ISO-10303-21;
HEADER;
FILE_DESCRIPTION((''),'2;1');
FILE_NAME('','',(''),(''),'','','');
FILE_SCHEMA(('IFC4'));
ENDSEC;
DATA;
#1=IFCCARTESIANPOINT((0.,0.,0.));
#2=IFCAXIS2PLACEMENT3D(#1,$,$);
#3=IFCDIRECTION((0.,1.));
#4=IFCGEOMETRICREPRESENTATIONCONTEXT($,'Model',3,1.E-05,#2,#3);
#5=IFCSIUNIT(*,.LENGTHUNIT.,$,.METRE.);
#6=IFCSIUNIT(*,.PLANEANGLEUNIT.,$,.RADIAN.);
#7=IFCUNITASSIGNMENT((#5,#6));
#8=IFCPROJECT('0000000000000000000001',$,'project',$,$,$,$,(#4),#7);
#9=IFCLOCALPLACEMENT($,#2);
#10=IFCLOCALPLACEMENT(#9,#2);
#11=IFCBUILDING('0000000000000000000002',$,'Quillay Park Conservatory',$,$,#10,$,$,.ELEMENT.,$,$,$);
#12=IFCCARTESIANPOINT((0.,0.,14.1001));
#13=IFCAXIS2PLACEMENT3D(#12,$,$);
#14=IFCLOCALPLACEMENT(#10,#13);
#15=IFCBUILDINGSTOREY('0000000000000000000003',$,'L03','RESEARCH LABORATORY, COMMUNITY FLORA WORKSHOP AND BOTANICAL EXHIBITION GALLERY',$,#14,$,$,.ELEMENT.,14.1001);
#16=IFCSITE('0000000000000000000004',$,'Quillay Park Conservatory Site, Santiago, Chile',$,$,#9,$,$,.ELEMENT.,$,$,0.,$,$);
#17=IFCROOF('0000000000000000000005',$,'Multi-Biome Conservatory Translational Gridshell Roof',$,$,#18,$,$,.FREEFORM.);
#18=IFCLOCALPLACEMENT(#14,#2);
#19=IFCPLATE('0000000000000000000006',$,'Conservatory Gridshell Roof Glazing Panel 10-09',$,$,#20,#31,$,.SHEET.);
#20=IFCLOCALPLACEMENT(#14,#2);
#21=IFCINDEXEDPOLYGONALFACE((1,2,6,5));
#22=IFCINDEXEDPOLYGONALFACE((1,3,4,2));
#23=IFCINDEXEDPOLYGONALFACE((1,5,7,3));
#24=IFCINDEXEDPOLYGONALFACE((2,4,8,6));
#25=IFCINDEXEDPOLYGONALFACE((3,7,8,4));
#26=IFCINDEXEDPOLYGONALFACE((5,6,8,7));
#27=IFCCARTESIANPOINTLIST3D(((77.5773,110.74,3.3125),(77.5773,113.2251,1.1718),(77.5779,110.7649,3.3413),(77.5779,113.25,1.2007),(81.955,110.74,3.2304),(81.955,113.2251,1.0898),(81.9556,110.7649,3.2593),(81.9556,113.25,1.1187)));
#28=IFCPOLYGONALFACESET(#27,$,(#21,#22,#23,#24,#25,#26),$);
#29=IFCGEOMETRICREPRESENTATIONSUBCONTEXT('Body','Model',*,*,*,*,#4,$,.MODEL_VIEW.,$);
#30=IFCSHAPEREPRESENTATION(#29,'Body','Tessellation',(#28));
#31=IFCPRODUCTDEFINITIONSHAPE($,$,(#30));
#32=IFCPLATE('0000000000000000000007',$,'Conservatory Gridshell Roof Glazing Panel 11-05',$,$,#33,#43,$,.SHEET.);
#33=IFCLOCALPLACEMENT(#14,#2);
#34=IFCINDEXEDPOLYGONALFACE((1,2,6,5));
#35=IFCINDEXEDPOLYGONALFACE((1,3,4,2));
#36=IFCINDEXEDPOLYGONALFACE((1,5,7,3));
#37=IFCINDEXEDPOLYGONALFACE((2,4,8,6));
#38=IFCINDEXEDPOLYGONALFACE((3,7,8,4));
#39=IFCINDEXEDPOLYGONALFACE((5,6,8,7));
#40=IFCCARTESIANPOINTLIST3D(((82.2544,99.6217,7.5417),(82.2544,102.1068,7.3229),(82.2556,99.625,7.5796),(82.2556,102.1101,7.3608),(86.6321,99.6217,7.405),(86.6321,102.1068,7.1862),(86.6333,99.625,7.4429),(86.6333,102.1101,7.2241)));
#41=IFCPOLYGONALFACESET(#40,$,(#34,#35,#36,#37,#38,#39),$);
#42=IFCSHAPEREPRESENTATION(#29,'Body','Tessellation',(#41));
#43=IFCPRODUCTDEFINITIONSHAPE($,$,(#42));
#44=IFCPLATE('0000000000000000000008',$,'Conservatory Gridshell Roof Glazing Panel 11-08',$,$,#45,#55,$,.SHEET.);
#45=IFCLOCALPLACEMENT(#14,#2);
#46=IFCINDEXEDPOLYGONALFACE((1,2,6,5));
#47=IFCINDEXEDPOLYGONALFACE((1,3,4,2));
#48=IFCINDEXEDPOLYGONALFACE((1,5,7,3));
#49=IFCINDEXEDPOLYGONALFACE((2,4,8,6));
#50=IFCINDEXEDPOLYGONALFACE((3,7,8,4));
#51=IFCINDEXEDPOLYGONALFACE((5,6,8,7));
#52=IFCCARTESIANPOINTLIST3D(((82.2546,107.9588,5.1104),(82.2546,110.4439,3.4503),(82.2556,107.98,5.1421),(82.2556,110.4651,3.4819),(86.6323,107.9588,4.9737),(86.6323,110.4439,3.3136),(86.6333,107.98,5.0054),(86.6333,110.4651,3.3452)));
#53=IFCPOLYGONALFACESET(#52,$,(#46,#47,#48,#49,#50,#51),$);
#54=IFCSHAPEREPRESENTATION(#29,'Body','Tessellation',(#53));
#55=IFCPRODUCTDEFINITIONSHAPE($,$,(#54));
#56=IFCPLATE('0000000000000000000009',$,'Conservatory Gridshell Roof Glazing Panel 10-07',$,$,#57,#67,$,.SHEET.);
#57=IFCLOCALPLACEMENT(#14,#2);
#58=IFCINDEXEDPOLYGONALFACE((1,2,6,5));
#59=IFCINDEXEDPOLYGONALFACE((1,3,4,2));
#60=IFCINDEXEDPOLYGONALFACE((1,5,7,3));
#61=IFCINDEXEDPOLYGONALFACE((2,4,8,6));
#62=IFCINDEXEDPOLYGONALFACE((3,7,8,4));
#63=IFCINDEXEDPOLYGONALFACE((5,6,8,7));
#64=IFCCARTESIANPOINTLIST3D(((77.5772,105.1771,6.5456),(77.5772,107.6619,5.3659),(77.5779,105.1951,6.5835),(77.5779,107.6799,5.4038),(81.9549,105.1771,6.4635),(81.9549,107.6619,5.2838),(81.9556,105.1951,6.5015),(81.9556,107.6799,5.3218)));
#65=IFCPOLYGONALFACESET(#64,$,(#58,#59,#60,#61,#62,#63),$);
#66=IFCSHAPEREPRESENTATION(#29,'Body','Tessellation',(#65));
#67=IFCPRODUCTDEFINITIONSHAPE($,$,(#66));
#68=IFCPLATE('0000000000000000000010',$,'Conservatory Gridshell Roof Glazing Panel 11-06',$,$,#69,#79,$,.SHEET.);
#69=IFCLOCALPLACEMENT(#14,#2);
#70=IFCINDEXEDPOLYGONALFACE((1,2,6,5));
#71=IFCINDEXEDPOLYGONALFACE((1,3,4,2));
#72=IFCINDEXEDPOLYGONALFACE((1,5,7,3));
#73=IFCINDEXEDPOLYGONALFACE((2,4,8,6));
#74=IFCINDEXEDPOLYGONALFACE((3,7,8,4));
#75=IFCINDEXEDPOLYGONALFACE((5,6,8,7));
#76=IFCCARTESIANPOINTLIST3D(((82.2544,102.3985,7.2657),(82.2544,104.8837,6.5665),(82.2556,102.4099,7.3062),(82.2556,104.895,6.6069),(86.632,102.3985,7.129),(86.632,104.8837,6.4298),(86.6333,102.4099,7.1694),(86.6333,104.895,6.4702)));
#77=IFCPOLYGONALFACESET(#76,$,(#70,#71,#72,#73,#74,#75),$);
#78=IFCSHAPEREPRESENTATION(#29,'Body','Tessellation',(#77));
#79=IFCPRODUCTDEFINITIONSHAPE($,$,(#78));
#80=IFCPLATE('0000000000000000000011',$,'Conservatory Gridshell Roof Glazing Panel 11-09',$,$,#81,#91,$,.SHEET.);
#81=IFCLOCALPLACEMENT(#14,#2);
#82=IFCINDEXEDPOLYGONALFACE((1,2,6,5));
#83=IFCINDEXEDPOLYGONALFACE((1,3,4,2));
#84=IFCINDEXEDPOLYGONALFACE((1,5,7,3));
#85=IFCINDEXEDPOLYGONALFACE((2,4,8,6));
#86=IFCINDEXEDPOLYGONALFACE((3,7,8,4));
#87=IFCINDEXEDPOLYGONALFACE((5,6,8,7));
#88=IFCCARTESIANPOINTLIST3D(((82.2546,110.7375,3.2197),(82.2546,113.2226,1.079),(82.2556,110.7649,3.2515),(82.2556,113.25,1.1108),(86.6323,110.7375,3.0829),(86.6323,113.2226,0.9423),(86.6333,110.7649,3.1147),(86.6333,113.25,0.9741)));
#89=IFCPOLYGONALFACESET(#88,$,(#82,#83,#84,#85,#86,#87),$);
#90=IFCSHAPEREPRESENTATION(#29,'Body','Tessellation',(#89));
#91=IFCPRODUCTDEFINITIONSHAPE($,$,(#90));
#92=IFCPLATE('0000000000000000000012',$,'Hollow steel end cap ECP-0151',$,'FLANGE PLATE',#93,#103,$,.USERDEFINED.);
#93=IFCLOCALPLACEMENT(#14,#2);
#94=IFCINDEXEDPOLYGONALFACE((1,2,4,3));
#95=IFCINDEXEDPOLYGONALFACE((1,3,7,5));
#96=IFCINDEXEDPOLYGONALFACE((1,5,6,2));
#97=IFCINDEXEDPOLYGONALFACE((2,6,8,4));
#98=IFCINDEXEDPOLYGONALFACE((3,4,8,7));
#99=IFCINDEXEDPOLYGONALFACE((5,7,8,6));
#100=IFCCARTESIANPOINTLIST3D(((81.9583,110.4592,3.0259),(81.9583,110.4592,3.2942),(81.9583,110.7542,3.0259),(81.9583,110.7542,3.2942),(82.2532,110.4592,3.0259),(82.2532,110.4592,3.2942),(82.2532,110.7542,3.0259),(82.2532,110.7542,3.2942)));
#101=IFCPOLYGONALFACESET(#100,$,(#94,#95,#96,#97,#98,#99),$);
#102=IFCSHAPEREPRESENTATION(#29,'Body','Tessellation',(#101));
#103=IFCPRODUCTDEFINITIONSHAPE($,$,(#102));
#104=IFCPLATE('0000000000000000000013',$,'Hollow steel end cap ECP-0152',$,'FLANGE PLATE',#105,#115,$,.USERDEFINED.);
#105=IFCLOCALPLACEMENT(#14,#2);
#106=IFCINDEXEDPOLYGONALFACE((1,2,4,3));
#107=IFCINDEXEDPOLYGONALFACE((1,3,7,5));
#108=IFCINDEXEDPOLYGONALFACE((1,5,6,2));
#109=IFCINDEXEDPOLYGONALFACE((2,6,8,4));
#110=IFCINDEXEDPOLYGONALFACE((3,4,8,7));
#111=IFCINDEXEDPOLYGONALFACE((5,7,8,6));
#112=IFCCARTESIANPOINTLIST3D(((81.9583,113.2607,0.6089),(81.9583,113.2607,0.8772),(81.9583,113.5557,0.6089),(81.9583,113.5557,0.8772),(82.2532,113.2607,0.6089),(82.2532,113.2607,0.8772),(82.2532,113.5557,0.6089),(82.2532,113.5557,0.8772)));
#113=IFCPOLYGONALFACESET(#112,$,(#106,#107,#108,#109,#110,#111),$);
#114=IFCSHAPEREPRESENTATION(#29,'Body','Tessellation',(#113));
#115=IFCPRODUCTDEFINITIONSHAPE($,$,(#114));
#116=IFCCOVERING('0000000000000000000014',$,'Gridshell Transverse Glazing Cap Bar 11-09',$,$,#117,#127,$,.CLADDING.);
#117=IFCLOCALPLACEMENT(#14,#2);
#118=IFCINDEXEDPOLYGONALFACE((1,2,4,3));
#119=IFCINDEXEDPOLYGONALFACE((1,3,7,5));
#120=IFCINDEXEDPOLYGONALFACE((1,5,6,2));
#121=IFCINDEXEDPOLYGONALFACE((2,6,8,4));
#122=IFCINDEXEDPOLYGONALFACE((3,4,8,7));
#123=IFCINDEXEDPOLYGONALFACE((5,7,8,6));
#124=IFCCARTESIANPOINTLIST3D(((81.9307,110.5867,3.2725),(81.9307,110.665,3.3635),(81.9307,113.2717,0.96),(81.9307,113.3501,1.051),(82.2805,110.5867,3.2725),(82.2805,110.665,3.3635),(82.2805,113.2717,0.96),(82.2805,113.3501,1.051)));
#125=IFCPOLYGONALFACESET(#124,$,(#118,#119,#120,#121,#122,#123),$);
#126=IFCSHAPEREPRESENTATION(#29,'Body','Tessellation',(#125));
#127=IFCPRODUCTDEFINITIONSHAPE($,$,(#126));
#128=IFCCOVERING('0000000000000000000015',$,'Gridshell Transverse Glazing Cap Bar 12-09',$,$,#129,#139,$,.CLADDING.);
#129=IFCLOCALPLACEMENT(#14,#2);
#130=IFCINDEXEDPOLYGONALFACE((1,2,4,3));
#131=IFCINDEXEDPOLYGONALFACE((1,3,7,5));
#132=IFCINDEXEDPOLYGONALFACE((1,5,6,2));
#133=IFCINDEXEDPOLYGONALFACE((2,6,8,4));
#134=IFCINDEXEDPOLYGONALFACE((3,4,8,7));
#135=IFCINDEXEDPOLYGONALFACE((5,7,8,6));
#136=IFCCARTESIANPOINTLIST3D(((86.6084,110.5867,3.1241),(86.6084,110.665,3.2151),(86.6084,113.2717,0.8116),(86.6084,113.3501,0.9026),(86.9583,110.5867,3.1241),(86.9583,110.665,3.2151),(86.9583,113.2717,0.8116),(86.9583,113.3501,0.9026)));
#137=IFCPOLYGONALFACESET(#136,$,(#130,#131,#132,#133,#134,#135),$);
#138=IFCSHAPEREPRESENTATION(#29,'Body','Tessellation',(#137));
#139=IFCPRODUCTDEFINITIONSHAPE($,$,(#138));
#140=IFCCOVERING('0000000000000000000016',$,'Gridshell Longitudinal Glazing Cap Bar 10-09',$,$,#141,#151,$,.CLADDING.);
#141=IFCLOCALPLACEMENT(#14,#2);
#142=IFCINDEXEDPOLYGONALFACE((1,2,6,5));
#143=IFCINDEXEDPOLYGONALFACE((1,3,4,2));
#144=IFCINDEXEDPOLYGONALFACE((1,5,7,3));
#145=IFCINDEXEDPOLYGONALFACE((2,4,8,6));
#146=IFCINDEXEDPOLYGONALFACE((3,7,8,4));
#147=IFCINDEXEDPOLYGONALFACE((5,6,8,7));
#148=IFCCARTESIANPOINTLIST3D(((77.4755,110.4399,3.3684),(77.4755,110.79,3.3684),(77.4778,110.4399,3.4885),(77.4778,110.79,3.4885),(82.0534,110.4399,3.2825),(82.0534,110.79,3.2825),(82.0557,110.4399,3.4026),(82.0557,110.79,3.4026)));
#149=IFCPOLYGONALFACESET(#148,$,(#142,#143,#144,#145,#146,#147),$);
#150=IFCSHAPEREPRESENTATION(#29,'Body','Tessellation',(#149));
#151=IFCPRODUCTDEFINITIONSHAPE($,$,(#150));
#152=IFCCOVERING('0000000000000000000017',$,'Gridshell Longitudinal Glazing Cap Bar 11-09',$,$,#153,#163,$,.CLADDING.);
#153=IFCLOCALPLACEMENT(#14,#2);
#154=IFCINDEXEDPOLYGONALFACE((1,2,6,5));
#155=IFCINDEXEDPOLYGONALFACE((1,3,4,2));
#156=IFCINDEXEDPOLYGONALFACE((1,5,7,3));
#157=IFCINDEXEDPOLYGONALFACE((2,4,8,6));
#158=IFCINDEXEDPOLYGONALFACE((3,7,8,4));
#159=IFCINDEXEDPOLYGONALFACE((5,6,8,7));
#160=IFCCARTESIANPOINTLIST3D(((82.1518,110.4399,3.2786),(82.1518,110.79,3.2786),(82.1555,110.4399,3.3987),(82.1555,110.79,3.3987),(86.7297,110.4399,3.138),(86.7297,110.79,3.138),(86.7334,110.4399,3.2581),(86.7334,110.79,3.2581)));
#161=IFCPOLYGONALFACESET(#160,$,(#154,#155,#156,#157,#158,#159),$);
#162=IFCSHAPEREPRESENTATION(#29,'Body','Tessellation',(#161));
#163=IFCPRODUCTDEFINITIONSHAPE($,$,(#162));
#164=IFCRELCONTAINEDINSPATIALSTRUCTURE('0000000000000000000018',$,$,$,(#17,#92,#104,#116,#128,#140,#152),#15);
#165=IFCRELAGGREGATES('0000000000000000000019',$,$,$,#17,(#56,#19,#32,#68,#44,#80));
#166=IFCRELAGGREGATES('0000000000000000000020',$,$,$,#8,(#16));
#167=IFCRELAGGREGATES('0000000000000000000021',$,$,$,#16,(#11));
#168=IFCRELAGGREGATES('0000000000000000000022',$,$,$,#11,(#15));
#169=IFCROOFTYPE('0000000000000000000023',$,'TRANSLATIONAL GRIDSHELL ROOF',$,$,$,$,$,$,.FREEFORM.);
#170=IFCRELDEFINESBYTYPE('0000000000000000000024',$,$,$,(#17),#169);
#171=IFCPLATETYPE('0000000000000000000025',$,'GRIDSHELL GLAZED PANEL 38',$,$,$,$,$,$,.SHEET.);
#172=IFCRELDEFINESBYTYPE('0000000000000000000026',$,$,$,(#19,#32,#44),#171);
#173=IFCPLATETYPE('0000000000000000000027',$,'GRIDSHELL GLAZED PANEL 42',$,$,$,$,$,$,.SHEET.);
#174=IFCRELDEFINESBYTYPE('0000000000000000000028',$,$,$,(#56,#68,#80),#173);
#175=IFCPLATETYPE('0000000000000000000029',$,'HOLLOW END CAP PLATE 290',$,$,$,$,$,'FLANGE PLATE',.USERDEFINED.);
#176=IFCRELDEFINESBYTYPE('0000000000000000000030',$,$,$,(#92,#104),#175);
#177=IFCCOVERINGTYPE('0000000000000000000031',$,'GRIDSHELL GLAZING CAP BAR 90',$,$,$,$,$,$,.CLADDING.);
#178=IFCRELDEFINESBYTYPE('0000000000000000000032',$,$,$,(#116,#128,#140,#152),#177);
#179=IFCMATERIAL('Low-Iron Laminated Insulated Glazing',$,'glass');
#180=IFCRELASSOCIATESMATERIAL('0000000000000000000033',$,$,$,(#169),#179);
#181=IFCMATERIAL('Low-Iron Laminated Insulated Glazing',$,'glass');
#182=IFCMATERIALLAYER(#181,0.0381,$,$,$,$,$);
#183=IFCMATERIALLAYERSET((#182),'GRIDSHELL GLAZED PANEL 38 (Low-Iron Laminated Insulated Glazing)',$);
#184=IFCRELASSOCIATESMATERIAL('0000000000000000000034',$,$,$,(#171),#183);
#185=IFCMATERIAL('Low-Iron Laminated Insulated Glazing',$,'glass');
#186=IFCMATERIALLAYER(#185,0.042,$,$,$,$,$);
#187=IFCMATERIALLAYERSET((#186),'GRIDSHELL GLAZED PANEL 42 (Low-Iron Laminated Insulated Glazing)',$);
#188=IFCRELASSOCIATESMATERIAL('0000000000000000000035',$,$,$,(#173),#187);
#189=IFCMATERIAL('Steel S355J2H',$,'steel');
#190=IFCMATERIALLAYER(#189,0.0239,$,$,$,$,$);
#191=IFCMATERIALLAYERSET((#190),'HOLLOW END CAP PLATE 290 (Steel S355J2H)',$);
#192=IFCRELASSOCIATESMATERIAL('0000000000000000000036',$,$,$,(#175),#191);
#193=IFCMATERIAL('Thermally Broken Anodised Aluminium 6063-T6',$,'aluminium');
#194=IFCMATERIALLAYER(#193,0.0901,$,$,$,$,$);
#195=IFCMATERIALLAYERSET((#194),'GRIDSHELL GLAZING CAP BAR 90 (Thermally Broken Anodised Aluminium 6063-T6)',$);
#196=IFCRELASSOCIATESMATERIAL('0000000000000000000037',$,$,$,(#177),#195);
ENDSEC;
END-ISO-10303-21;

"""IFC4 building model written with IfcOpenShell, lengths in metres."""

from ifc_helpers import new_model, si_unit, direction, frame, origin, origin_2d, place, context, subcontext, project, spatial, polyline, rectangle, outline, extrude, material, layer, layer_set, type_object, element, aggregate, save


model = new_model("IFC4")

# Units and contexts
model_context = context("Model", 3, precision=1e-05, world=origin(), true_north=direction((0.0, 1.0)))
body_context = subcontext(model_context, "Body", "Model", "MODEL_VIEW")
ifc_project = project(units=[si_unit("LENGTHUNIT", "METRE"), si_unit("PLANEANGLEUNIT", "RADIAN")], contexts=[model_context])

# Site, building, storey
site_placement = place(None, origin())
site = spatial("IfcSite", under=ifc_project, at=site_placement, Name="Quillay Park Conservatory Site, Santiago, Chile", CompositionType="ELEMENT", RefElevation=0.0)
building_placement = place(site_placement, origin())
building = spatial("IfcBuilding", under=site, at=building_placement, Name="Quillay Park Conservatory", CompositionType="ELEMENT")
storey_placement = place(building_placement, frame((0.0, 0.0, 14.1001)))
storey = spatial("IfcBuildingStorey", under=building, at=storey_placement, Name="L03", Description="RESEARCH LABORATORY, COMMUNITY FLORA WORKSHOP AND BOTANICAL EXHIBITION GALLERY", CompositionType="ELEMENT", Elevation=14.1001)

# Roof, plates
ifc_material_1 = material(Name="Low-Iron Laminated Insulated Glazing", Category="glass")
roof_type = type_object("IfcRoofType", Name="TRANSLATIONAL GRIDSHELL ROOF", PredefinedType="FREEFORM", material=ifc_material_1)
roof_placement = place(storey_placement, origin())
roof = element("IfcRoof", 1, at=roof_placement, inside=storey, type_object=roof_type, Name="Multi-Biome Conservatory Translational Gridshell Roof", PredefinedType="FREEFORM")
ifc_material_2 = material(Name="Low-Iron Laminated Insulated Glazing", Category="glass")
ifc_layer_1 = layer(ifc_material_2, 0.0381)
ifc_layer_set_1 = layer_set([ifc_layer_1], Name="GRIDSHELL GLAZED PANEL 38 (Low-Iron Laminated Insulated Glazing)")
plate_type_1 = type_object("IfcPlateType", Name="GRIDSHELL GLAZED PANEL 38", PredefinedType="SHEET", material=ifc_layer_set_1)
plate_1_placement = place(storey_placement, frame((77.5779, 110.7649, 3.3413), z_axis=(0.014196, 0.652575, 0.757591), x_axis=(0.999824, 0.0, -0.018735)))
plate_1 = element("IfcPlate", 2, at=plate_1_placement, type_object=plate_type_1, Name="Conservatory Gridshell Roof Glazing Panel 10-09", PredefinedType="SHEET", context=body_context, shape_type="SweptSolid", body=[
    extrude(outline(polyline([(0.0, 0.0), (4.3785, 0.0), (4.4186, 3.2797), (0.0401, 3.2797), (0.0, 0.0)])), origin(), (0.0, 0.0, -1.0), 0.0381),
])
plate_2_placement = place(storey_placement, frame((82.2556, 99.625, 7.5796), z_axis=(0.031095, 0.087643, 0.995667), x_axis=(0.999513, 0.0, -0.031216)))
plate_2 = element("IfcPlate", 3, at=plate_2_placement, type_object=plate_type_1, Name="Conservatory Gridshell Roof Glazing Panel 11-05", PredefinedType="SHEET", context=body_context, shape_type="SweptSolid", body=[
    extrude(outline(polyline([(0.0, 0.0), (4.3798, 0.0), (4.3866, 2.4947), (0.0068, 2.4947), (0.0, 0.0)])), origin(), (0.0, 0.0, -1.0), 0.0381),
])
plate_3_placement = place(storey_placement, frame((82.2556, 107.98, 5.1421), z_axis=(0.02596, 0.555304, 0.831242), x_axis=(0.999513, 0.0, -0.031216)))
plate_3 = element("IfcPlate", 4, at=plate_3_placement, type_object=plate_type_1, Name="Conservatory Gridshell Roof Glazing Panel 11-08", PredefinedType="SHEET", context=body_context, shape_type="SweptSolid", body=[
    extrude(outline(polyline([(0.0, 0.0), (4.3798, 0.0), (4.4316, 2.9882), (0.0518, 2.9882), (0.0, 0.0)])), origin(), (0.0, 0.0, -1.0), 0.0381),
])
ifc_material_3 = material(Name="Low-Iron Laminated Insulated Glazing", Category="glass")
ifc_layer_2 = layer(ifc_material_3, 0.042)
ifc_layer_set_2 = layer_set([ifc_layer_2], Name="GRIDSHELL GLAZED PANEL 42 (Low-Iron Laminated Insulated Glazing)")
plate_type_2 = type_object("IfcPlateType", Name="GRIDSHELL GLAZED PANEL 42", PredefinedType="SHEET", material=ifc_layer_set_2)
plate_4_placement = place(storey_placement, frame((77.5779, 105.1951, 6.5835), z_axis=(0.016925, 0.428811, 0.903236), x_axis=(0.999824, 0.0, -0.018735)))
plate_4 = element("IfcPlate", 5, at=plate_4_placement, type_object=plate_type_2, Name="Conservatory Gridshell Roof Glazing Panel 10-07", PredefinedType="SHEET", context=body_context, shape_type="SweptSolid", body=[
    extrude(outline(polyline([(0.0, 0.0), (4.3785, 0.0), (4.4006, 2.7506), (0.0221, 2.7506), (0.0, 0.0)])), origin(), (0.0, 0.0, -1.0), 0.042),
])
plate_5_placement = place(storey_placement, frame((82.2556, 102.4099, 7.3062), z_axis=(0.03005, 0.270725, 0.962188), x_axis=(0.999513, 0.0, -0.031216)))
plate_5 = element("IfcPlate", 6, at=plate_5_placement, type_object=plate_type_2, Name="Conservatory Gridshell Roof Glazing Panel 11-06", PredefinedType="SHEET", context=body_context, shape_type="SweptSolid", body=[
    extrude(outline(polyline([(0.0, 0.0), (4.3798, 0.0), (4.4016, 2.5815), (0.0218, 2.5815), (0.0, 0.0)])), origin(), (0.0, 0.0, -1.0), 0.042),
])
plate_6_placement = place(storey_placement, frame((82.2556, 110.7649, 3.2515), z_axis=(0.023656, 0.652458, 0.757456), x_axis=(0.999513, 0.0, -0.031216)))
plate_6 = element("IfcPlate", 7, at=plate_6_placement, type_object=plate_type_2, Name="Conservatory Gridshell Roof Glazing Panel 11-09", PredefinedType="SHEET", context=body_context, shape_type="SweptSolid", body=[
    extrude(outline(polyline([(0.0, 0.0), (4.3798, 0.0), (4.4466, 3.2793), (0.0668, 3.2793), (0.0, 0.0)])), origin(), (0.0, 0.0, -1.0), 0.042),
])
aggregate(roof, [plate_4, plate_1, plate_2, plate_5, plate_3, plate_6])

# Plates
ifc_material_4 = material(Name="Steel S355J2H", Category="steel")
ifc_layer_3 = layer(ifc_material_4, 0.0239)
ifc_layer_set_3 = layer_set([ifc_layer_3], Name="HOLLOW END CAP PLATE 290 (Steel S355J2H)")
plate_type_3 = type_object("IfcPlateType", Name="HOLLOW END CAP PLATE 290", ElementType="FLANGE PLATE", PredefinedType="USERDEFINED", material=ifc_layer_set_3)
for number, where, z_axis, x_axis, name in (
    (8, (82.1057, 110.6067, 3.0259), (0.0, 0.0, 1.0), (1.0, 0.0, 0.0), "Hollow steel end cap ECP-0151"),
    (9, (82.1057, 113.4082, 0.6089), (0.0, 0.0, 1.0), (1.0, 0.0, 0.0), "Hollow steel end cap ECP-0152"),
):
    element("IfcPlate", number, at=place(storey_placement, frame(where, z_axis=z_axis, x_axis=x_axis)), inside=storey, type_object=plate_type_3, Name=name, ObjectType="FLANGE PLATE", PredefinedType="USERDEFINED", context=body_context, shape_type="SweptSolid", body=[
        extrude(rectangle(XDim=0.2949, YDim=0.2949, at=origin_2d()), origin(), (0.0, 0.0, 1.0), 0.2683),
    ])

# Coverings
ifc_material_5 = material(Name="Thermally Broken Anodised Aluminium 6063-T6", Category="aluminium")
ifc_layer_4 = layer(ifc_material_5, 0.0901)
ifc_layer_set_4 = layer_set([ifc_layer_4], Name="GRIDSHELL GLAZING CAP BAR 90 (Thermally Broken Anodised Aluminium 6063-T6)")
covering_type = type_object("IfcCoveringType", Name="GRIDSHELL GLAZING CAP BAR 90", PredefinedType="CLADDING", material=ifc_layer_set_4)
for number, where, z_axis, x_axis, name in (
    (10, (81.9307, 110.665, 3.3635), (0.0, 0.652582, 0.757718), (1.0, 0.0, 0.0), "Gridshell Transverse Glazing Cap Bar 11-09"),
    (11, (86.6084, 110.665, 3.2151), (0.0, 0.652582, 0.757718), (1.0, 0.0, 0.0), "Gridshell Transverse Glazing Cap Bar 12-09"),
):
    element("IfcCovering", number, at=place(storey_placement, frame(where, z_axis=z_axis, x_axis=x_axis)), inside=storey, type_object=covering_type, Name=name, PredefinedType="CLADDING", context=body_context, shape_type="SweptSolid", body=[
        extrude(outline(polyline([(0.0, 0.0), (0.3499, 0.0), (0.3499, 3.5436), (0.0, 3.5436), (0.0, 0.0)])), origin(), (0.0, 0.0, -1.0), 0.1201),
    ])
covering_1_placement = place(storey_placement, frame((77.4778, 110.4399, 3.4885), z_axis=(0.018769, 0.0, 0.999824), x_axis=(0.999824, 0.0, -0.018769)))
element("IfcCovering", 12, at=covering_1_placement, inside=storey, type_object=covering_type, Name="Gridshell Longitudinal Glazing Cap Bar 10-09", PredefinedType="CLADDING", context=body_context, shape_type="SweptSolid", body=[
    extrude(outline(polyline([(0.0, 0.0), (4.5787, 0.0), (4.5787, 0.3501), (0.0, 0.3501), (0.0, 0.0)])), origin(), (0.0, 0.0, -1.0), 0.1201),
])
covering_2_placement = place(storey_placement, frame((82.1555, 110.4399, 3.3987), z_axis=(0.030704, 0.0, 0.999529), x_axis=(0.999529, 0.0, -0.030704)))
element("IfcCovering", 13, at=covering_2_placement, inside=storey, type_object=covering_type, Name="Gridshell Longitudinal Glazing Cap Bar 11-09", PredefinedType="CLADDING", context=body_context, shape_type="SweptSolid", body=[
    extrude(outline(polyline([(0.0, 0.0), (4.58, 0.0), (4.58, 0.3501), (0.0, 0.3501), (0.0, 0.0)])), origin(), (0.0, 0.0, -1.0), 0.1201),
])

save(model, "model.ifc")
